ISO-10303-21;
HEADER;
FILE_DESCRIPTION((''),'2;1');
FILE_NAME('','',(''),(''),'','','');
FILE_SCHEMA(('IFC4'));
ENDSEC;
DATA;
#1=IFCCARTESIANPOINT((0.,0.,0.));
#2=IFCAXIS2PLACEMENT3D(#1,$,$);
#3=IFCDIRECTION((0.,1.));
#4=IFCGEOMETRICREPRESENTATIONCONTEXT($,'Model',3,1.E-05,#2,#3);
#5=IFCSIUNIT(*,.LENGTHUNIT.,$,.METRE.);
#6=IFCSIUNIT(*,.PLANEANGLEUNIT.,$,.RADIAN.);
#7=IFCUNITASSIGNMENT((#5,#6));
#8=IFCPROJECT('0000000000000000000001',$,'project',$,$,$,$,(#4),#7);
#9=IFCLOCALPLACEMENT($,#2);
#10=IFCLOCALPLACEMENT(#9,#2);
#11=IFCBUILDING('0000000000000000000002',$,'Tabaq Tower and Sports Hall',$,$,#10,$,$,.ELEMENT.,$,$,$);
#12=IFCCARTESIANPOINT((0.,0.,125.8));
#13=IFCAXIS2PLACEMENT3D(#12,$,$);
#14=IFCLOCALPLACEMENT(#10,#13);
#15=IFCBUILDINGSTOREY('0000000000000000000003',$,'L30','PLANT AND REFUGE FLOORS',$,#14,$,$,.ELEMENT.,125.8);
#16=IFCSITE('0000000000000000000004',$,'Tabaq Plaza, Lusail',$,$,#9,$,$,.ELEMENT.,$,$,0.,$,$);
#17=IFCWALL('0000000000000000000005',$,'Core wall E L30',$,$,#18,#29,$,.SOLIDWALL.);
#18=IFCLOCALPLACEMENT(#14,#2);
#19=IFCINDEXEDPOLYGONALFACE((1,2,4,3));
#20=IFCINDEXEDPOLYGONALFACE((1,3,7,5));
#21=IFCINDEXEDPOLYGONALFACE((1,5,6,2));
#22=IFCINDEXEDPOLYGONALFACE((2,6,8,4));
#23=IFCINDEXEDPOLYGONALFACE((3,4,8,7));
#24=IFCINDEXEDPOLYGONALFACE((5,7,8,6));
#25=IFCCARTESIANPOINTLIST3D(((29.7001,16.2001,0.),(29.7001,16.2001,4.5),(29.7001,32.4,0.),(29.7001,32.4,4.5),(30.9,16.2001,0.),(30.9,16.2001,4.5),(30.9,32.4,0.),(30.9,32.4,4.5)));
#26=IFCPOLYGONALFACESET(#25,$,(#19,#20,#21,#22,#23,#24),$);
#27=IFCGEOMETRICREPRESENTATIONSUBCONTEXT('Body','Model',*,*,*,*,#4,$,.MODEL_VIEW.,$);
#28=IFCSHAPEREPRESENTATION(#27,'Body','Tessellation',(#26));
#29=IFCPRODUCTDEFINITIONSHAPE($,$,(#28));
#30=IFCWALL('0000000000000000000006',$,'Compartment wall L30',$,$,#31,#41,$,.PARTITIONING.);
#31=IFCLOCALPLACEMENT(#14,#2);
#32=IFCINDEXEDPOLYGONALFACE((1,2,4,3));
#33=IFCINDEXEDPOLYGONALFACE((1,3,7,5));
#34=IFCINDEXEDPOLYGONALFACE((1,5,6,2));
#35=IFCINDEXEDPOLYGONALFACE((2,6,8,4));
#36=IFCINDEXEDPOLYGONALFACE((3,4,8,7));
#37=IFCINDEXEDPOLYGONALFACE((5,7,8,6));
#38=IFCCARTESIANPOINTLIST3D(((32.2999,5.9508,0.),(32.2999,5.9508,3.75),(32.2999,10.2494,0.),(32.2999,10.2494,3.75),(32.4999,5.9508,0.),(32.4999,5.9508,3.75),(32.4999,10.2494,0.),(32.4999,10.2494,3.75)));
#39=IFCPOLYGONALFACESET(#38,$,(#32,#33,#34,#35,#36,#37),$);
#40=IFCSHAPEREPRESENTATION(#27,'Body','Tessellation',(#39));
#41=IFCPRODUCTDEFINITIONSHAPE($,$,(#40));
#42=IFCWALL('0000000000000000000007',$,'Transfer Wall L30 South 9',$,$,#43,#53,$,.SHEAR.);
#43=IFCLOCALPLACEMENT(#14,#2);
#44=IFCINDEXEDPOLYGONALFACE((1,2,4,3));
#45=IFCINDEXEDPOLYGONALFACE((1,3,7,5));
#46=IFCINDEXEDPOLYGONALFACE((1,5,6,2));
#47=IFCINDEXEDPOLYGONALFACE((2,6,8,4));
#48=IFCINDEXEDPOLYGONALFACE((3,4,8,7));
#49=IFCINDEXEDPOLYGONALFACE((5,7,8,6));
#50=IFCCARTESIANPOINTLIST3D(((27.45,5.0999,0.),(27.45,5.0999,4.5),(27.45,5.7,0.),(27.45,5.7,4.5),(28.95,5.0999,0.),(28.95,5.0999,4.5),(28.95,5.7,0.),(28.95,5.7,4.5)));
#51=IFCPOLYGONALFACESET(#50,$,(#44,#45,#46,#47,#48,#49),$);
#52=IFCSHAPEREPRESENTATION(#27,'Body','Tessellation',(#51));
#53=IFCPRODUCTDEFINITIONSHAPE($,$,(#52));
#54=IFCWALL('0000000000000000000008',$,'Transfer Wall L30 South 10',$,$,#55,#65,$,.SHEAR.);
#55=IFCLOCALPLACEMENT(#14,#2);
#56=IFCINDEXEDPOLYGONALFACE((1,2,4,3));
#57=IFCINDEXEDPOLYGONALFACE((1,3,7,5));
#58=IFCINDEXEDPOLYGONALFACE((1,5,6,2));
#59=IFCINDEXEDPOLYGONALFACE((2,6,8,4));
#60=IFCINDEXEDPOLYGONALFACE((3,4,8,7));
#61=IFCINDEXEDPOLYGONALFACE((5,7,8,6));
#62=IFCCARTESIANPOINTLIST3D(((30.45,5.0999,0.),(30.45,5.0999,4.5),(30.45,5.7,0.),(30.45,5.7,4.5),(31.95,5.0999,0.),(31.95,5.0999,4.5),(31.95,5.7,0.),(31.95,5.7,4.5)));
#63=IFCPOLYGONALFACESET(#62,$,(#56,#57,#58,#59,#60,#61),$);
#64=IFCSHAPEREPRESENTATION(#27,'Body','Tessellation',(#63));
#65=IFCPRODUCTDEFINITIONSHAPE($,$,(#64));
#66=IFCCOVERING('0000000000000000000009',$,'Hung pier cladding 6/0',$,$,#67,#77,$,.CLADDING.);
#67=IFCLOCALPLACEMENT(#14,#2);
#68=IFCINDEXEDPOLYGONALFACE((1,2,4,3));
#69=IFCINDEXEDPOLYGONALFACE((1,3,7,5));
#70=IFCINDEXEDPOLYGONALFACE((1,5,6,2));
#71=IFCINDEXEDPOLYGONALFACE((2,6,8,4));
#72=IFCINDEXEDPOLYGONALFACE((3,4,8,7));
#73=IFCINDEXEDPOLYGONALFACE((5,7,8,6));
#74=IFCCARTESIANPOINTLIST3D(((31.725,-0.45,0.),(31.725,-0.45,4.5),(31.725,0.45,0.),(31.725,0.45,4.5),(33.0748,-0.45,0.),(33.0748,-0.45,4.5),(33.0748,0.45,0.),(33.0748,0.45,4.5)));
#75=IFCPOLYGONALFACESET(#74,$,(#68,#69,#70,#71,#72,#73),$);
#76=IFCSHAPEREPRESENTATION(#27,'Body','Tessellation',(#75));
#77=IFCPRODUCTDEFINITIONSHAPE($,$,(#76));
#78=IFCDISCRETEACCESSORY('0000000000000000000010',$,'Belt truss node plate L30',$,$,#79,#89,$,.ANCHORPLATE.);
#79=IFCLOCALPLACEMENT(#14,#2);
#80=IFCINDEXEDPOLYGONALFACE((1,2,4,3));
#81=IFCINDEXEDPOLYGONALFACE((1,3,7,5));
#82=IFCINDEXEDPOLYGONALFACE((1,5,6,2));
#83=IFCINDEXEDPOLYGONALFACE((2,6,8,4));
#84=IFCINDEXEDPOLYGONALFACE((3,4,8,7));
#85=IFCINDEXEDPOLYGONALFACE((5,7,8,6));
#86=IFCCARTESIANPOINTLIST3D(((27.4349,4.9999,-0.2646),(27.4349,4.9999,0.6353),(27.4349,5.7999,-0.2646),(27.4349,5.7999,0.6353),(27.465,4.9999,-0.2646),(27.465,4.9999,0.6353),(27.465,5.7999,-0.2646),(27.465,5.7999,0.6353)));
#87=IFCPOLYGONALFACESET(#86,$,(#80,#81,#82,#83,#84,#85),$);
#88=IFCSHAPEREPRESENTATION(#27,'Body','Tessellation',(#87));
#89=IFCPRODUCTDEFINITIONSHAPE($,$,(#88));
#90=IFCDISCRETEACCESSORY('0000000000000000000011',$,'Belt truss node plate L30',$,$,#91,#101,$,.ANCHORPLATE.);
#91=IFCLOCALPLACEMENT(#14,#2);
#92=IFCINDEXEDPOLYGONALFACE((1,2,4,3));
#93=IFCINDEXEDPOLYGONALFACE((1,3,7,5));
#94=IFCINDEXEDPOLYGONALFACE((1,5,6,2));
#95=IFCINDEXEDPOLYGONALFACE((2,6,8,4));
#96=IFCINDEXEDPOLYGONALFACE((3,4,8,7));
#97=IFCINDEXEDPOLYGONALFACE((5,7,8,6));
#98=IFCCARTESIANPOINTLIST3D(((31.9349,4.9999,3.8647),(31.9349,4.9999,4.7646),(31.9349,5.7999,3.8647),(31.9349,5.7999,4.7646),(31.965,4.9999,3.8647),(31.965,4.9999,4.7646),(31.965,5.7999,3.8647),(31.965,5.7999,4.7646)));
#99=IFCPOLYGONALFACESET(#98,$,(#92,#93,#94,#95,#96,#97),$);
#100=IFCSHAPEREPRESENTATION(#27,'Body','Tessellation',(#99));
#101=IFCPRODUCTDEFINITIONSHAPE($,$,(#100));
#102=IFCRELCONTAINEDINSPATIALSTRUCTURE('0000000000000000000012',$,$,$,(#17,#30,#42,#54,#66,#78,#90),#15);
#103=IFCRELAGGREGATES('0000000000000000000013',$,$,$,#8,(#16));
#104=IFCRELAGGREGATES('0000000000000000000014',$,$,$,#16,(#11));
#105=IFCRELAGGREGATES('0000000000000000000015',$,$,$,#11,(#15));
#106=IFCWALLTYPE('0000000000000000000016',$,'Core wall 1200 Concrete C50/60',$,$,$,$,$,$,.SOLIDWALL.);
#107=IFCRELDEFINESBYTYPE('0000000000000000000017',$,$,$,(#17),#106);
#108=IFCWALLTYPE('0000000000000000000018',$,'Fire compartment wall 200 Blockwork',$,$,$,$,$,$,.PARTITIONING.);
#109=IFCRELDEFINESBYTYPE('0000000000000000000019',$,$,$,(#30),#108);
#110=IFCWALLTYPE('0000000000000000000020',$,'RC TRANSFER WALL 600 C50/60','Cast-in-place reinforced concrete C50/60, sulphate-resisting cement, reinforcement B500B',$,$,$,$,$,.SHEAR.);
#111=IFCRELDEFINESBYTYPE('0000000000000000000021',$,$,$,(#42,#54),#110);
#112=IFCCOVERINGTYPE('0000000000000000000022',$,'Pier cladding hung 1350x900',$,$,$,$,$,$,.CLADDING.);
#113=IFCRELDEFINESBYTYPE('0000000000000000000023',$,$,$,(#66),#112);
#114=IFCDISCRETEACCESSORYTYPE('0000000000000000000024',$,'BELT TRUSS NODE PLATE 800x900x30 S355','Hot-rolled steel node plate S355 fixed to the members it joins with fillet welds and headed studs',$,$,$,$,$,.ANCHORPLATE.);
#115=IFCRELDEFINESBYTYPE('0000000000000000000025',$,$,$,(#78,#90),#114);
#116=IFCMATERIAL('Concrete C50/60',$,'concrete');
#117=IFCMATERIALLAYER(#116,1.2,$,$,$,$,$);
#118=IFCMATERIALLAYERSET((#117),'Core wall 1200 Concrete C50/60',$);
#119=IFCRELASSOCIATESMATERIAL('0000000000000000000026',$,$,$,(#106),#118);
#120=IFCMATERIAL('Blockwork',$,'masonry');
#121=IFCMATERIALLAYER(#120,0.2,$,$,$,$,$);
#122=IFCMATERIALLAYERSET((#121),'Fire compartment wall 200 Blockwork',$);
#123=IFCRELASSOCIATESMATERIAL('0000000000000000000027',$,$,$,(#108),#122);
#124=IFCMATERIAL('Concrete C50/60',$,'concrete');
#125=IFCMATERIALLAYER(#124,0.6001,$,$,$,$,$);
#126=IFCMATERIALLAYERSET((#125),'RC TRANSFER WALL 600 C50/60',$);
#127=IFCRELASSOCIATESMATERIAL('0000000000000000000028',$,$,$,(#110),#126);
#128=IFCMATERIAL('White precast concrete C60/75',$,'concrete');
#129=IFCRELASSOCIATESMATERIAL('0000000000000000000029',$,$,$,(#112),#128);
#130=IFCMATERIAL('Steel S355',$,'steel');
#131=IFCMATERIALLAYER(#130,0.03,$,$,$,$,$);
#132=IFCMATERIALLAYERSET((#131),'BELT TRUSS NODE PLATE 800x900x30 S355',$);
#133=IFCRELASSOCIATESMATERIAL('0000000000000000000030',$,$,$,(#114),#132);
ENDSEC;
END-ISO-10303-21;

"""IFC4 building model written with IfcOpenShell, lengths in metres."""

from ifc_helpers import new_model, si_unit, direction, frame, frame_2d, origin, origin_2d, place, context, subcontext, project, spatial, rectangle, extrude, material, layer, layer_set, type_object, element, save


model = new_model("IFC4")

# Units and contexts
model_context = context("Model", 3, precision=1e-05, world=origin(), true_north=direction((0.0, 1.0)))
body_context = subcontext(model_context, "Body", "Model", "MODEL_VIEW")
ifc_project = project(units=[si_unit("LENGTHUNIT", "METRE"), si_unit("PLANEANGLEUNIT", "RADIAN")], contexts=[model_context])

# Site, building, storey
site_placement = place(None, origin())
site = spatial("IfcSite", under=ifc_project, at=site_placement, Name="Tabaq Plaza, Lusail", CompositionType="ELEMENT", RefElevation=0.0)
building_placement = place(site_placement, origin())
building = spatial("IfcBuilding", under=site, at=building_placement, Name="Tabaq Tower and Sports Hall", CompositionType="ELEMENT")
storey_placement = place(building_placement, frame((0.0, 0.0, 125.8)))
storey = spatial("IfcBuildingStorey", under=building, at=storey_placement, Name="L30", Description="PLANT AND REFUGE FLOORS", CompositionType="ELEMENT", Elevation=125.8)

# Wall
ifc_material_1 = material(Name="Concrete C50/60", Category="concrete")
ifc_layer_1 = layer(ifc_material_1, 1.2)
ifc_layer_set_1 = layer_set([ifc_layer_1], Name="Core wall 1200 Concrete C50/60")
wall_type_1 = type_object("IfcWallType", Name="Core wall 1200 Concrete C50/60", PredefinedType="SOLIDWALL", material=ifc_layer_set_1)
wall_1_placement = place(storey_placement, frame((30.3, 16.2, 0.0), z_axis=(0.0, 0.0, 1.0), x_axis=(0.0, 1.0, 0.0)))
element("IfcWall", 1, at=wall_1_placement, inside=storey, type_object=wall_type_1, Name="Core wall E L30", PredefinedType="SOLIDWALL", context=body_context, shape_type="SweptSolid", body=[
    extrude(rectangle(XDim=16.2, YDim=1.2, at=frame_2d((8.1001, 0.0))), origin(), (0.0, 0.0, 1.0), 4.5),
])

# Shared definitions
ifc_material_2 = material(Name="Blockwork", Category="masonry")
ifc_layer_2 = layer(ifc_material_2, 0.2)
ifc_layer_set_2 = layer_set([ifc_layer_2], Name="Fire compartment wall 200 Blockwork")
wall_type_2 = type_object("IfcWallType", Name="Fire compartment wall 200 Blockwork", PredefinedType="PARTITIONING", material=ifc_layer_set_2)

# Walls
wall_2_placement = place(storey_placement, frame((32.3999, 5.9507, 0.0), z_axis=(0.0, 0.0, 1.0), x_axis=(0.0, 1.0, 0.0)))
element("IfcWall", 2, at=wall_2_placement, inside=storey, type_object=wall_type_2, Name="Compartment wall L30", PredefinedType="PARTITIONING", context=body_context, shape_type="SweptSolid", body=[
    extrude(rectangle(XDim=4.2986, YDim=0.2, at=frame_2d((2.1494, 0.0))), origin(), (0.0, 0.0, 1.0), 3.75),
])
ifc_material_3 = material(Name="Concrete C50/60", Category="concrete")
ifc_layer_3 = layer(ifc_material_3, 0.6001)
ifc_layer_set_3 = layer_set([ifc_layer_3], Name="RC TRANSFER WALL 600 C50/60")
wall_type_3 = type_object("IfcWallType", Name="RC TRANSFER WALL 600 C50/60", Description="Cast-in-place reinforced concrete C50/60, sulphate-resisting cement, reinforcement B500B", PredefinedType="SHEAR", material=ifc_layer_set_3)
for number, where, z_axis, x_axis, name in (
    (3, (27.45, 5.3999, 0.0), (0.0, 0.0, 1.0), (1.0, 0.0, 0.0), "Transfer Wall L30 South 9"),
    (4, (30.45, 5.3999, 0.0), (0.0, 0.0, 1.0), (1.0, 0.0, 0.0), "Transfer Wall L30 South 10"),
):
    element("IfcWall", number, at=place(storey_placement, frame(where, z_axis=z_axis, x_axis=x_axis)), inside=storey, type_object=wall_type_3, Name=name, PredefinedType="SHEAR", context=body_context, shape_type="SweptSolid", body=[
        extrude(rectangle(XDim=1.5, YDim=0.6001, at=frame_2d((0.75, 0.0))), origin(), (0.0, 0.0, 1.0), 4.5),
    ])

# Covering
ifc_material_4 = material(Name="White precast concrete C60/75", Category="concrete")
covering_type = type_object("IfcCoveringType", Name="Pier cladding hung 1350x900", PredefinedType="CLADDING", material=ifc_material_4)
covering_placement = place(storey_placement, frame((31.7251, 0.0, 0.0), z_axis=(0.0, 0.0, 1.0), x_axis=(1.0, 0.0, 0.0)))
element("IfcCovering", 5, at=covering_placement, inside=storey, type_object=covering_type, Name="Hung pier cladding 6/0", PredefinedType="CLADDING", context=body_context, shape_type="SweptSolid", body=[
    extrude(rectangle(XDim=1.3499, YDim=0.8999, at=frame_2d((0.6748, 0.0))), origin(), (0.0, 0.0, 1.0), 4.5),
])

# Discrete accessories
ifc_material_5 = material(Name="Steel S355", Category="steel")
ifc_layer_4 = layer(ifc_material_5, 0.03)
ifc_layer_set_4 = layer_set([ifc_layer_4], Name="BELT TRUSS NODE PLATE 800x900x30 S355")
discrete_accessory_type = type_object("IfcDiscreteAccessoryType", Name="BELT TRUSS NODE PLATE 800x900x30 S355", Description="Hot-rolled steel node plate S355 fixed to the members it joins with fillet welds and headed studs", PredefinedType="ANCHORPLATE", material=ifc_layer_set_4)
for number, where, z_axis, x_axis, name in (
    (6, (27.45, 5.3999, -0.2646), (0.0, 0.0, 1.0), (1.0, 0.0, 0.0), "Belt truss node plate L30"),
    (7, (31.95, 5.3999, 3.8647), (0.0, 0.0, 1.0), (1.0, 0.0, 0.0), "Belt truss node plate L30"),
):
    element("IfcDiscreteAccessory", number, at=place(storey_placement, frame(where, z_axis=z_axis, x_axis=x_axis)), inside=storey, type_object=discrete_accessory_type, Name=name, PredefinedType="ANCHORPLATE", context=body_context, shape_type="SweptSolid", body=[
        extrude(rectangle(XDim=0.03, YDim=0.8, at=origin_2d()), origin(), (0.0, 0.0, 1.0), 0.8999),
    ])

save(model, "model.ifc")
